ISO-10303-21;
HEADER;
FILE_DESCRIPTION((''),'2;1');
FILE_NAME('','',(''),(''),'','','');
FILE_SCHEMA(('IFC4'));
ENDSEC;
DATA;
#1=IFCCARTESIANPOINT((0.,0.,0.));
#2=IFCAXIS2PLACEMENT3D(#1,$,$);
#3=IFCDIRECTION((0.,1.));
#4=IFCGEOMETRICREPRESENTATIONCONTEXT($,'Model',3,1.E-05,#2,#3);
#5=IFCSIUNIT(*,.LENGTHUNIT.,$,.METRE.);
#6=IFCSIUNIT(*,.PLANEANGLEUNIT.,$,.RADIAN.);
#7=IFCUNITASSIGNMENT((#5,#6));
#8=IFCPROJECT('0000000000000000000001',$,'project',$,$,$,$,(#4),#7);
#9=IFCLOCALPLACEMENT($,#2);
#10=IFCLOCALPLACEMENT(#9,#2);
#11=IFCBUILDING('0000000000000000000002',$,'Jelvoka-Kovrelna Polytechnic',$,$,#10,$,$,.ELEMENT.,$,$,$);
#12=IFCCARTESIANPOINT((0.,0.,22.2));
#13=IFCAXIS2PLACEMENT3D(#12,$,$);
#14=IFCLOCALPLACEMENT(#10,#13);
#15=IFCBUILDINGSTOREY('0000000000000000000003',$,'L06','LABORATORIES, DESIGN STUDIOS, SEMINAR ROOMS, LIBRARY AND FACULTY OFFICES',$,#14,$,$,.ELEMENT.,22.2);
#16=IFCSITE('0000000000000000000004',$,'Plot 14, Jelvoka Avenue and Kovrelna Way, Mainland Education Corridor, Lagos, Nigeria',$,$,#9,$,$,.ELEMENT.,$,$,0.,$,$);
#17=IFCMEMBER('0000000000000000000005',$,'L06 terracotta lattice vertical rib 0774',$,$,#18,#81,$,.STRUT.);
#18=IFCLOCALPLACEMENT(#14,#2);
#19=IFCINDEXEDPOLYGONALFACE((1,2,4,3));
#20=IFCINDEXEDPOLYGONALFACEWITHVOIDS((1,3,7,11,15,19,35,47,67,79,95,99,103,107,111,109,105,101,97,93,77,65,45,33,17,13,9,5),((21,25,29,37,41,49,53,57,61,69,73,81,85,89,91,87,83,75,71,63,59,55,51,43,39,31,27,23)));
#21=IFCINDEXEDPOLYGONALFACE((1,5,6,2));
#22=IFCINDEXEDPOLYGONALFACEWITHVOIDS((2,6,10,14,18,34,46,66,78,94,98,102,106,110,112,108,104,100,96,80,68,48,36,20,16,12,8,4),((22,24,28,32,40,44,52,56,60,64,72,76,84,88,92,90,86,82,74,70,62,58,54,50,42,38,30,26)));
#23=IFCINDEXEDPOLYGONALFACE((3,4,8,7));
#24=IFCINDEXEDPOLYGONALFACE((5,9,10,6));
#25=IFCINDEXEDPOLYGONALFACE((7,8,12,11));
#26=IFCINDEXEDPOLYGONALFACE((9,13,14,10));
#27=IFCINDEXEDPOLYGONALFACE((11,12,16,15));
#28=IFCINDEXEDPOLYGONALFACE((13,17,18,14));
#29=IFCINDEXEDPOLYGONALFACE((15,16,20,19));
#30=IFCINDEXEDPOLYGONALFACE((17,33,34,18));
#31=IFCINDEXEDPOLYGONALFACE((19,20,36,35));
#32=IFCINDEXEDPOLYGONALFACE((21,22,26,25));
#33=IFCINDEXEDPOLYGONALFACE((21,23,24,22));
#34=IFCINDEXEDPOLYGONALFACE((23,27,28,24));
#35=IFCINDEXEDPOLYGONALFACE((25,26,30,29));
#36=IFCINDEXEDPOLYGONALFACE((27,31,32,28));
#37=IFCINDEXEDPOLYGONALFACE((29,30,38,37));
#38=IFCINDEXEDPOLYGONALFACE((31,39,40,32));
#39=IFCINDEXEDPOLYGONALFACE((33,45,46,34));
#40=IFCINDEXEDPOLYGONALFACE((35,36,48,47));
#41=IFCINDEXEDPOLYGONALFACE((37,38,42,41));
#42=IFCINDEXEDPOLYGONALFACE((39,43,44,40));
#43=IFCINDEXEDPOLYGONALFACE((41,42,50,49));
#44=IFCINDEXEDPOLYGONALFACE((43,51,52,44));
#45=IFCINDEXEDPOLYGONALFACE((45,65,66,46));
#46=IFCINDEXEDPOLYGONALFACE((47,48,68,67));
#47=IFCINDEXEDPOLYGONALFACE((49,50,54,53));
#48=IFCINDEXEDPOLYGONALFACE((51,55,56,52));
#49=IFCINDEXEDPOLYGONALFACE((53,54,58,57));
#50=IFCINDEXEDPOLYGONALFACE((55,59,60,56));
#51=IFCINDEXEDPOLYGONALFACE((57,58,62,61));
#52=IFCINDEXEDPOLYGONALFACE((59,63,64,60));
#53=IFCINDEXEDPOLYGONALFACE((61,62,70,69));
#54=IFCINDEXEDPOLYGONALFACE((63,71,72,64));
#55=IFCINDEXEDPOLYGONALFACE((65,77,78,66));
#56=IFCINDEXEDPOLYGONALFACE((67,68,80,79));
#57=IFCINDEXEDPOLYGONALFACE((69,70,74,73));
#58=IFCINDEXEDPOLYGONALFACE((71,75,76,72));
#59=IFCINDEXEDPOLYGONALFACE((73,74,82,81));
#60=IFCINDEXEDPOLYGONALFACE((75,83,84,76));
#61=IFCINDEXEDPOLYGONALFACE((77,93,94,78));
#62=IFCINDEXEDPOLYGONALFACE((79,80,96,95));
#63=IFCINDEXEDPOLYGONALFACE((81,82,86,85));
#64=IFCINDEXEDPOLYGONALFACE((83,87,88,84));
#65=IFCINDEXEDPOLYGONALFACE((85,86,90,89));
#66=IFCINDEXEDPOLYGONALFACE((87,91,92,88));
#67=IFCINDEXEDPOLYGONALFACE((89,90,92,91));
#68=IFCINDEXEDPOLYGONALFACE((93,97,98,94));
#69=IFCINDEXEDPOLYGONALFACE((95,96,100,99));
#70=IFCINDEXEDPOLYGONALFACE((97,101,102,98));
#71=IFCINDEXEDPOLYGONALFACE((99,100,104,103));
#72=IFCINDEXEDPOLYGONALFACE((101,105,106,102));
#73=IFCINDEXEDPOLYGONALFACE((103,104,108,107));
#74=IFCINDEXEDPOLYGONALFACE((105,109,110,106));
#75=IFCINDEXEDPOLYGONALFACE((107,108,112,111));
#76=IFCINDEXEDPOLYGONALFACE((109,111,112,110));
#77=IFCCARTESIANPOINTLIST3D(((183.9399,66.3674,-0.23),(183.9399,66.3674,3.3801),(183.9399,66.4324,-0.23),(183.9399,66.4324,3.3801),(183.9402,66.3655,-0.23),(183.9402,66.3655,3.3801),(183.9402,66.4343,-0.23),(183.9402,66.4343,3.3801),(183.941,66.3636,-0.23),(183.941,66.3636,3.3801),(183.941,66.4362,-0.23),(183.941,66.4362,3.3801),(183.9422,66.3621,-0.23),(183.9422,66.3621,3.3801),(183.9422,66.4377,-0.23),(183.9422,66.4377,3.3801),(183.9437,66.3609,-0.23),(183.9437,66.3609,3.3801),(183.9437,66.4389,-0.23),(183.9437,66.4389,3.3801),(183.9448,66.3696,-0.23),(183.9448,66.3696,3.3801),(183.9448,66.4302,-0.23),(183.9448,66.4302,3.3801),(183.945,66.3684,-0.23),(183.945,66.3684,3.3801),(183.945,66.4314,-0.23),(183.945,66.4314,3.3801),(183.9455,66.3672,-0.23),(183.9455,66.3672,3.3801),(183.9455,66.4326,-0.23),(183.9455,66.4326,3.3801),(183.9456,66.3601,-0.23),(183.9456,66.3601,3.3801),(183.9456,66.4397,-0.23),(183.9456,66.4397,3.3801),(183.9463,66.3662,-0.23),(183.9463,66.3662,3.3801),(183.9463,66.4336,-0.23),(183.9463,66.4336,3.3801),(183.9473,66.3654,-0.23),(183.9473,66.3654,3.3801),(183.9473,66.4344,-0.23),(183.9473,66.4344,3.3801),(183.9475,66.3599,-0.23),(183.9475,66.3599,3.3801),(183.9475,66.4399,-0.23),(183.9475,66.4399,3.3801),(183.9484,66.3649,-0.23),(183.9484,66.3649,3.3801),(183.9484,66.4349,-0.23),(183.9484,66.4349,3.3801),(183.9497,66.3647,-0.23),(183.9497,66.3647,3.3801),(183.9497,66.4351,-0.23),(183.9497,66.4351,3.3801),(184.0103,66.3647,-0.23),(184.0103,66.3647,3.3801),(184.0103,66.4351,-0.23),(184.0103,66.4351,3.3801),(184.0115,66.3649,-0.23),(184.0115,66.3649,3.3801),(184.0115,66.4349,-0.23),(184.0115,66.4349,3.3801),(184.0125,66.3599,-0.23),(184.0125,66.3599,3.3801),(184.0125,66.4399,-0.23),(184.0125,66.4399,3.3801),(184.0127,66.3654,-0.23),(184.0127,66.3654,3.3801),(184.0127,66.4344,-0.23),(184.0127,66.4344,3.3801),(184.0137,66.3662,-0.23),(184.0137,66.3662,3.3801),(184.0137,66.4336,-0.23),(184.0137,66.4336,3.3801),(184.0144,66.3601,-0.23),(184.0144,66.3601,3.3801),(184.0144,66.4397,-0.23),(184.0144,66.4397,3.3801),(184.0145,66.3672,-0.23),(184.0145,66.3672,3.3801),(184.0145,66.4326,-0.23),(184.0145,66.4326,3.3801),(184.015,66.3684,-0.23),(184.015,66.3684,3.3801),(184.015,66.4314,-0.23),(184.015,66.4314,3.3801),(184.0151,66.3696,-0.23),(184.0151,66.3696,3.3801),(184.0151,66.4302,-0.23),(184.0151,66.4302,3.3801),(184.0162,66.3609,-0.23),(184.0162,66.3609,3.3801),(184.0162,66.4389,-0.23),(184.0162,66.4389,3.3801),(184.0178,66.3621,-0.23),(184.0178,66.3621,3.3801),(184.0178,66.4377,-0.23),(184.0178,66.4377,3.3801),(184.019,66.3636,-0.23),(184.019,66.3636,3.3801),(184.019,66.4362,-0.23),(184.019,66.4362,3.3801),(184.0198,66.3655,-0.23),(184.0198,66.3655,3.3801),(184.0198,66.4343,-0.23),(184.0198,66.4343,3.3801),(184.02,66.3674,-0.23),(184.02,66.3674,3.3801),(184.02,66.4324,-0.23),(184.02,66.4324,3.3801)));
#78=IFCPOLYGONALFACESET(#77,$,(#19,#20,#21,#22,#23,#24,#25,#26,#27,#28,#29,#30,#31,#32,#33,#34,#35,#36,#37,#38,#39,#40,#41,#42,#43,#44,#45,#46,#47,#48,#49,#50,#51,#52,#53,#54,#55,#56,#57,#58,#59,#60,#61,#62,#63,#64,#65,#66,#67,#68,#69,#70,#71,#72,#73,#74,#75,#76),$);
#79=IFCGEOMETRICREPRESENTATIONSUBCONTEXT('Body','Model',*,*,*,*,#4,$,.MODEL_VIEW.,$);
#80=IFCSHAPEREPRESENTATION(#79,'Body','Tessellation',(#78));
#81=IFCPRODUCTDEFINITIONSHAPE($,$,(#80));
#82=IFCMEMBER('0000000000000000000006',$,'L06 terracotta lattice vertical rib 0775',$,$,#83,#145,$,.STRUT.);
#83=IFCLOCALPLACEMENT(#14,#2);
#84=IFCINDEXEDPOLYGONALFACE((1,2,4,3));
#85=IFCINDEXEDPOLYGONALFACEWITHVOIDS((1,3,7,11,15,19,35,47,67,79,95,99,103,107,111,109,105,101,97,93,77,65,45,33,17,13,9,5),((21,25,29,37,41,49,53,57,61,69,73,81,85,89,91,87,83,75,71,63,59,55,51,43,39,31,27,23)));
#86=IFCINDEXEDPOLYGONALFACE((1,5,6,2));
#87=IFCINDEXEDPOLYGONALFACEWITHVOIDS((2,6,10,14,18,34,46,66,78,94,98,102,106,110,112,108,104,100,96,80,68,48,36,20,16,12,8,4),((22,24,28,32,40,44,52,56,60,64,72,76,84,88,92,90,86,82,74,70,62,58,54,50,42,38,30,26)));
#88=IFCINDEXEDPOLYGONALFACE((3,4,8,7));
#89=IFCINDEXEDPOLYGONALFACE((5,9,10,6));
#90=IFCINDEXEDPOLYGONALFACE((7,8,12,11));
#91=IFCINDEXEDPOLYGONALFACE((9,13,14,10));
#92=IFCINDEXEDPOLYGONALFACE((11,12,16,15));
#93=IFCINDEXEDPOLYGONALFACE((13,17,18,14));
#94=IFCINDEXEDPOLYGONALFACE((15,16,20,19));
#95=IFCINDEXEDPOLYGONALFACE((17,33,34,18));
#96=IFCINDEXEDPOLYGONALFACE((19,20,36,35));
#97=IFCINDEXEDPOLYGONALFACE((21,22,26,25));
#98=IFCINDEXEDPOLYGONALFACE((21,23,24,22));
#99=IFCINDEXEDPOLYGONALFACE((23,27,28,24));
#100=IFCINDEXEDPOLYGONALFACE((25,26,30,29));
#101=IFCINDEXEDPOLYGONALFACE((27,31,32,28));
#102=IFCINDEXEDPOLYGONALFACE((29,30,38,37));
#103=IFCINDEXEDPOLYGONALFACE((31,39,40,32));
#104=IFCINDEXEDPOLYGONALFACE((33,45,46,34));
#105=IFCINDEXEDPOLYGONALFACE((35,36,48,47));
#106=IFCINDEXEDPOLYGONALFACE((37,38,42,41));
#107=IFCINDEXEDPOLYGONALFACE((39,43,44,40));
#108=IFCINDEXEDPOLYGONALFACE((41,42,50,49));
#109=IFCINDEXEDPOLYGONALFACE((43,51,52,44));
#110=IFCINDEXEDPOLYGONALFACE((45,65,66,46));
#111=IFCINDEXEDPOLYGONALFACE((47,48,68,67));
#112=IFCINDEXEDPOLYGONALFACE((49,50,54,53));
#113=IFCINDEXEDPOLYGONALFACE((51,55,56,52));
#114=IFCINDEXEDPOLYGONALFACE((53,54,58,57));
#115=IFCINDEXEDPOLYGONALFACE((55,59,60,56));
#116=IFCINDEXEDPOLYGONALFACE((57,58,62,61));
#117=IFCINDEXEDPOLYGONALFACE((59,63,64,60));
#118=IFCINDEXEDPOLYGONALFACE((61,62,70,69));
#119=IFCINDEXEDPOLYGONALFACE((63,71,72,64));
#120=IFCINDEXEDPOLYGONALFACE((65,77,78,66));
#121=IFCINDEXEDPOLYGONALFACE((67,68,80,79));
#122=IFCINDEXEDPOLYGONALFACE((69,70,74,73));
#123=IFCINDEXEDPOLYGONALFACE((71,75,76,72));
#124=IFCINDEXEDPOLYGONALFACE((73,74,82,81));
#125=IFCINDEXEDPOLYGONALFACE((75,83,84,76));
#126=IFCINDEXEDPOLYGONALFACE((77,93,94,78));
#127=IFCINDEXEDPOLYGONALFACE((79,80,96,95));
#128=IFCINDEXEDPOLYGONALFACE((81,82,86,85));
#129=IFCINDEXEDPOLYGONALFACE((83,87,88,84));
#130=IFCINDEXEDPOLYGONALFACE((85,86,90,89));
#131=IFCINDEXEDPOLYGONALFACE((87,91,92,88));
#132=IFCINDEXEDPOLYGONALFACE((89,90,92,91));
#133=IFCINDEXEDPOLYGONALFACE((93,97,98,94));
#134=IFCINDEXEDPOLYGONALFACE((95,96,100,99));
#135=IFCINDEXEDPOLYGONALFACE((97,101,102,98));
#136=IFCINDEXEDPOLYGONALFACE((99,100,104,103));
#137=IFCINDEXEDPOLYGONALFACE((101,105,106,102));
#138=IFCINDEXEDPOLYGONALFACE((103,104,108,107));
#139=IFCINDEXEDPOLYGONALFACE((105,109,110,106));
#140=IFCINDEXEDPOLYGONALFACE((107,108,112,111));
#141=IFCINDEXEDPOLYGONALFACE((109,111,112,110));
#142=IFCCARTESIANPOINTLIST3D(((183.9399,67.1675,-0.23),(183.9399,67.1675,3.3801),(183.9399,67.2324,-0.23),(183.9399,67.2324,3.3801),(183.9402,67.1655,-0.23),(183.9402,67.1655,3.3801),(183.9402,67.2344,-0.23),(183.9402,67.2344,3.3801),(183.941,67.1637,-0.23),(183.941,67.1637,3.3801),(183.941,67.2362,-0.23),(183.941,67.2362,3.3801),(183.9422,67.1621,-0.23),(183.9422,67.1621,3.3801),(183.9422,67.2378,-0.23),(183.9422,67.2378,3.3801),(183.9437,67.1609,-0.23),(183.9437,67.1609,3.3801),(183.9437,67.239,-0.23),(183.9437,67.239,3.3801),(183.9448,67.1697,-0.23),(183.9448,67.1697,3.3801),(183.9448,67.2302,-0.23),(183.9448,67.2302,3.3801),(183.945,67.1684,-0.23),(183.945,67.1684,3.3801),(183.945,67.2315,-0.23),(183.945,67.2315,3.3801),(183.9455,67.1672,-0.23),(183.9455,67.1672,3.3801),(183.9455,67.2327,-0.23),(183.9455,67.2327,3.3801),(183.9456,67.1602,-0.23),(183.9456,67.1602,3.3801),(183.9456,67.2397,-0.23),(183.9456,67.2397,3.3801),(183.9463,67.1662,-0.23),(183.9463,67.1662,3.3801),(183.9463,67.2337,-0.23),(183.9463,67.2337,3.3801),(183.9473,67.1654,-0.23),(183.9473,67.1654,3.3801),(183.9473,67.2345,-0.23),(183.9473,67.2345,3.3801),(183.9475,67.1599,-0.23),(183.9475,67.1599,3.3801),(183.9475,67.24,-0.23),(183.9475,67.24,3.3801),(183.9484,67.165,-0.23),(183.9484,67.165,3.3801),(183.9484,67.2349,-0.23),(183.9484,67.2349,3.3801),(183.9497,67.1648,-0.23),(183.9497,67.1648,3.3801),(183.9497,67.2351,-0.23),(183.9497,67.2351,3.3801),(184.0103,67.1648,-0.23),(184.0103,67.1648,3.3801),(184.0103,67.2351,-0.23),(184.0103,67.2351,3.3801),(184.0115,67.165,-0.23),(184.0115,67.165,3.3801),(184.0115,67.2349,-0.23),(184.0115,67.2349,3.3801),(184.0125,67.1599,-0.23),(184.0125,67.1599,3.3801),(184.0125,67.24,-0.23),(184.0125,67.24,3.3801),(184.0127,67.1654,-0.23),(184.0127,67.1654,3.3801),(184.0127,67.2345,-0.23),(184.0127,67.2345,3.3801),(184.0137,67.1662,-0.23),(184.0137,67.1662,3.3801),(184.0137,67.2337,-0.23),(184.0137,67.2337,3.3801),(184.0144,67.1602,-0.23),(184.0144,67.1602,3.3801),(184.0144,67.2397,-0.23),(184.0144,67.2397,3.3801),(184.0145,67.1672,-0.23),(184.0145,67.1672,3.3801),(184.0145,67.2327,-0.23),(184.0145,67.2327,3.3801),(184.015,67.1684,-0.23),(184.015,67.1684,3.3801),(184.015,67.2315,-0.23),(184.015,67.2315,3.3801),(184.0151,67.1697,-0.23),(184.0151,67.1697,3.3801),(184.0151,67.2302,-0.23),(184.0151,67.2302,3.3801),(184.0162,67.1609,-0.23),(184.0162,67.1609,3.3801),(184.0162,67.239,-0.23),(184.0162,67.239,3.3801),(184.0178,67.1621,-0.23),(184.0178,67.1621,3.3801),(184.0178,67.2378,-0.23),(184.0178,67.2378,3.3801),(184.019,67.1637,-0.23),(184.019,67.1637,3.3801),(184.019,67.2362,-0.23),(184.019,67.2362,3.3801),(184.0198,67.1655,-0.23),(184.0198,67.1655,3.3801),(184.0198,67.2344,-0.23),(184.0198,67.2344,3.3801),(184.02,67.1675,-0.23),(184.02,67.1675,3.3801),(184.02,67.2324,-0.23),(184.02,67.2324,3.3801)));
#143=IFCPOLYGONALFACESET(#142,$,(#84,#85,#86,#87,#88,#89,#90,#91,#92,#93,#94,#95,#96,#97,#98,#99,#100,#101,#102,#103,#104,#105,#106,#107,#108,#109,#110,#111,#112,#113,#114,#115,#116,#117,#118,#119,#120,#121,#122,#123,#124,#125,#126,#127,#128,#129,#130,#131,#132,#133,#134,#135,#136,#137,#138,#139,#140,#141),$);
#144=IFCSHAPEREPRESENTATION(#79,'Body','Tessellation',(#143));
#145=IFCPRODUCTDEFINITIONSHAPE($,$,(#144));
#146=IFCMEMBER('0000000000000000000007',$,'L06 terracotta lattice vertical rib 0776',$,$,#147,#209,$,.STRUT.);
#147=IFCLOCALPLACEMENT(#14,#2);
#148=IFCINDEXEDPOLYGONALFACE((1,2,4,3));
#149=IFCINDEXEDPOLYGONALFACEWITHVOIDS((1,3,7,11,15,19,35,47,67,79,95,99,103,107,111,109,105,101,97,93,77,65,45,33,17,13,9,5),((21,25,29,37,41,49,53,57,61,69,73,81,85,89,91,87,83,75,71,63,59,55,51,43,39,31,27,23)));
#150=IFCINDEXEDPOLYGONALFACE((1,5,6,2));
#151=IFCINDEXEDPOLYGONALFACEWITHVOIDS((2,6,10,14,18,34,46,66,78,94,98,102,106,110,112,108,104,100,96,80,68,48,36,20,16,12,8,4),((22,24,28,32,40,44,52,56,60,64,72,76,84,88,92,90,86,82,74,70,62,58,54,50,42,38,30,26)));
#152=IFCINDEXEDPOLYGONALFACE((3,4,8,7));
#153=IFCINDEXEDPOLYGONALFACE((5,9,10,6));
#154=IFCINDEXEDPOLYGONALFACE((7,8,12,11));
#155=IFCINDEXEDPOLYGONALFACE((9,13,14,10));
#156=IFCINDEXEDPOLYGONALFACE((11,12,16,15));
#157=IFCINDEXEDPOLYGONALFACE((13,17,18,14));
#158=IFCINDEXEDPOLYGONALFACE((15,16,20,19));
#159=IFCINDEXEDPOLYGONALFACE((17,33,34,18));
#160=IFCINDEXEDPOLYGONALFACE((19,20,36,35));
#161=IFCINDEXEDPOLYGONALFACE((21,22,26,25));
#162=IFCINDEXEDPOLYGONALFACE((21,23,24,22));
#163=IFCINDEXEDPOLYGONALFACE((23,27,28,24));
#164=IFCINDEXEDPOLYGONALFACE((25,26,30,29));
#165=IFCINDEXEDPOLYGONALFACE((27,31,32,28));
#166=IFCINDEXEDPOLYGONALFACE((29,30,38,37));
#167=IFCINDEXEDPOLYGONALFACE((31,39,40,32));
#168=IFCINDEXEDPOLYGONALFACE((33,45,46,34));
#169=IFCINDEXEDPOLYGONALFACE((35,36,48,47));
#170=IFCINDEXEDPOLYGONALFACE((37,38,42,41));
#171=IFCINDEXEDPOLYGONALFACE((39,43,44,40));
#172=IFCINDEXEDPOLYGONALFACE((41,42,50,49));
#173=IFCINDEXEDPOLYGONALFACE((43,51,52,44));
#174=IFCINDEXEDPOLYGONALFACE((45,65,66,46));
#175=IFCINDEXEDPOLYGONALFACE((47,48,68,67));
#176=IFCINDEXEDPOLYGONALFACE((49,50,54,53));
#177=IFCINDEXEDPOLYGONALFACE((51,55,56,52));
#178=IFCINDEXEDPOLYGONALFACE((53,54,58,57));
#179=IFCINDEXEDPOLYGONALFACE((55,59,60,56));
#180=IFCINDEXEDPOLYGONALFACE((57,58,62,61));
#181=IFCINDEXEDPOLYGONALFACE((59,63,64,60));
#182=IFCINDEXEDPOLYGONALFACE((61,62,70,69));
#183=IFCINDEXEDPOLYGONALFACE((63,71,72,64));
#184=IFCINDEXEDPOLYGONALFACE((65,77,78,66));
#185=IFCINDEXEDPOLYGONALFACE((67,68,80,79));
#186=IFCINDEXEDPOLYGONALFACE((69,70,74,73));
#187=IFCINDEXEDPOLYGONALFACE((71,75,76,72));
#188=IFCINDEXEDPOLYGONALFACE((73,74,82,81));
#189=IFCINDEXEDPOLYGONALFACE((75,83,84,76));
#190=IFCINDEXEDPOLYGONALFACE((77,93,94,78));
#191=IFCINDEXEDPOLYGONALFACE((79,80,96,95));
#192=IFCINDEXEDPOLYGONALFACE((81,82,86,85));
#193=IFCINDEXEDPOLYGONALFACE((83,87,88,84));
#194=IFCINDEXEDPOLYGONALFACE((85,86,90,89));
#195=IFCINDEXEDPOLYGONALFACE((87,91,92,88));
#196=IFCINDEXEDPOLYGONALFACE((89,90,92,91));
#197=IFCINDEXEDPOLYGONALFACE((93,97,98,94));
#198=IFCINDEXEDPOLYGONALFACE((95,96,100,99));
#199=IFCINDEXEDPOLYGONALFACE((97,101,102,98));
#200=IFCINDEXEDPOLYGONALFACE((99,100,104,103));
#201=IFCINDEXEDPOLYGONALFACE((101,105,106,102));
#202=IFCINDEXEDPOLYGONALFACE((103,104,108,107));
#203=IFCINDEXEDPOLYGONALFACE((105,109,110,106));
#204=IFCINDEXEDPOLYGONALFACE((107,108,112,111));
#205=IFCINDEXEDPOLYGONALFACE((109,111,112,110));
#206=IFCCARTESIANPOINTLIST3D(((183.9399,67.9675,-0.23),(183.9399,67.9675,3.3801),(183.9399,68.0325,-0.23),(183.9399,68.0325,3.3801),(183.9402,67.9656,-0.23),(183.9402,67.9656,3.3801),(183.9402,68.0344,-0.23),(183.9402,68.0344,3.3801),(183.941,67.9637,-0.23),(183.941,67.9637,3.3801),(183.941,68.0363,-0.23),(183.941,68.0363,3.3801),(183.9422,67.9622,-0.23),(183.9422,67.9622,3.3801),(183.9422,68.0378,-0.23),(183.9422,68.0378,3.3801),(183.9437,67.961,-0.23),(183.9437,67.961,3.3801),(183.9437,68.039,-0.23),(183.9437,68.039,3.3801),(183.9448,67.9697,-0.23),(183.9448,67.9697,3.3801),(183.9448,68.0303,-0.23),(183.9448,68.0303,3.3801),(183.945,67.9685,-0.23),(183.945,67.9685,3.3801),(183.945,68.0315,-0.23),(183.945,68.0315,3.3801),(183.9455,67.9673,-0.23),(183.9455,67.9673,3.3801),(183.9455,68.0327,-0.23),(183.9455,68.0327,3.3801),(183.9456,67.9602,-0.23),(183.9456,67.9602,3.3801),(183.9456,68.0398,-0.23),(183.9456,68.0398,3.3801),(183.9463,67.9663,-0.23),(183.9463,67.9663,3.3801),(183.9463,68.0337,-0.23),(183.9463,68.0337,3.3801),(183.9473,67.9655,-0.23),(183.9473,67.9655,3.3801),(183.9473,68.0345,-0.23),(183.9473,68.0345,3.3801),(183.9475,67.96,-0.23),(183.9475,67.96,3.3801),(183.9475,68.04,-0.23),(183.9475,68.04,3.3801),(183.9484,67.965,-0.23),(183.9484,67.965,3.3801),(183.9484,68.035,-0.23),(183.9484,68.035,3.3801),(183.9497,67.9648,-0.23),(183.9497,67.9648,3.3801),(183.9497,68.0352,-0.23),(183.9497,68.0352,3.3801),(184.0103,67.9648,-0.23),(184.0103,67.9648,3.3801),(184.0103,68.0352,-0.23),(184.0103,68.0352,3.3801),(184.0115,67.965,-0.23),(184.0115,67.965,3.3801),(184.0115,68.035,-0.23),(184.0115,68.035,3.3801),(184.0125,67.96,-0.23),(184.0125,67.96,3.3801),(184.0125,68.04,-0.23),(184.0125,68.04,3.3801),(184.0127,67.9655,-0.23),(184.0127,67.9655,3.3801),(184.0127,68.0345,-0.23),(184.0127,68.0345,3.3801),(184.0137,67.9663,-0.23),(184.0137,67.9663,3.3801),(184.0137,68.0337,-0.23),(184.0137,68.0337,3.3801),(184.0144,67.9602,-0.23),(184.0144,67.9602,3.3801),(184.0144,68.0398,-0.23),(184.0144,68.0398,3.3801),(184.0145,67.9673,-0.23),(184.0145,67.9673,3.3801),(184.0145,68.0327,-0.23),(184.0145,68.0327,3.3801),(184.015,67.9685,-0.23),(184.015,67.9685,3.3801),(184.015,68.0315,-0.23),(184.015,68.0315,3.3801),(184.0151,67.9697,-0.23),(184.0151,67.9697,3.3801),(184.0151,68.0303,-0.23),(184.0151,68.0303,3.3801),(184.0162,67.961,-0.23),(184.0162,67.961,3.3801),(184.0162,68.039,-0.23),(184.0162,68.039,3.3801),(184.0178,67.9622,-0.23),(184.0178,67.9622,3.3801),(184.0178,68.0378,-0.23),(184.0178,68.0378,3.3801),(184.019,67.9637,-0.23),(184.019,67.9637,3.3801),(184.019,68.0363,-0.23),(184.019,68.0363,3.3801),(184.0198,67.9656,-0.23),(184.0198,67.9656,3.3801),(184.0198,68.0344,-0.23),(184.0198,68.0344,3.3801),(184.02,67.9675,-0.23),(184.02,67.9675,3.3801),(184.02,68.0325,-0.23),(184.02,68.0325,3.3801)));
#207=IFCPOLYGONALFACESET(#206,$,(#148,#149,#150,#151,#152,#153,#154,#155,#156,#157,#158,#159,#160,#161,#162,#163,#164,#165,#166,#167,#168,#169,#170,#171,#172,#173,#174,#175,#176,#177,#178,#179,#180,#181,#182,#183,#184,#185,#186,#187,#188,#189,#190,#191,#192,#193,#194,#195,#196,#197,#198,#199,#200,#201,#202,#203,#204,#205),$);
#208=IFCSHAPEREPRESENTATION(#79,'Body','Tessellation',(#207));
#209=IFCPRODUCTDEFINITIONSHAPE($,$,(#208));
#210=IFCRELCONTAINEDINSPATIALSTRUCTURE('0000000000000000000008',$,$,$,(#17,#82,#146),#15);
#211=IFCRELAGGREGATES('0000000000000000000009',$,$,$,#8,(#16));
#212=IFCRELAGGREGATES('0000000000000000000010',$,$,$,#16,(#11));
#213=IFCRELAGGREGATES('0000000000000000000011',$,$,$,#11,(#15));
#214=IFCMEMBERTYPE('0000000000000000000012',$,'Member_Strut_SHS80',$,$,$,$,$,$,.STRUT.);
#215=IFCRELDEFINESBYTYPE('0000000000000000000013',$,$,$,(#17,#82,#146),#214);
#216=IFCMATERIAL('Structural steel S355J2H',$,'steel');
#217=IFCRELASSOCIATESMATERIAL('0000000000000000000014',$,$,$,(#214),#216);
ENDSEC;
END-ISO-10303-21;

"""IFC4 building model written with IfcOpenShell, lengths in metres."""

from ifc_helpers import new_model, si_unit, direction, frame, origin, origin_2d, place, context, subcontext, project, spatial, hollow_rectangle, extrude, material, material_profile, profile_set, type_object, element, save


model = new_model("IFC4")

# Units and contexts
model_context = context("Model", 3, precision=1e-05, world=origin(), true_north=direction((0.0, 1.0)))
body_context = subcontext(model_context, "Body", "Model", "MODEL_VIEW")
ifc_project = project(units=[si_unit("LENGTHUNIT", "METRE"), si_unit("PLANEANGLEUNIT", "RADIAN")], contexts=[model_context])

# Site, building, storey
site_placement = place(None, origin())
site = spatial("IfcSite", under=ifc_project, at=site_placement, Name="Plot 14, Jelvoka Avenue and Kovrelna Way, Mainland Education Corridor, Lagos, Nigeria", CompositionType="ELEMENT", RefElevation=0.0)
building_placement = place(site_placement, origin())
building = spatial("IfcBuilding", under=site, at=building_placement, Name="Jelvoka-Kovrelna Polytechnic", CompositionType="ELEMENT")
storey_placement = place(building_placement, frame((0.0, 0.0, 22.2)))
storey = spatial("IfcBuildingStorey", under=building, at=storey_placement, Name="L06", Description="LABORATORIES, DESIGN STUDIOS, SEMINAR ROOMS, LIBRARY AND FACULTY OFFICES", CompositionType="ELEMENT", Elevation=22.2)

# Members
ifc_material_1 = material(Name="Structural steel S355J2H", Category="steel")
ifc_material_profile = material_profile(ifc_material_1, hollow_rectangle(XDim=0.0801, YDim=0.0801, WallThickness=0.0049, InnerFilletRadius=0.0049, OuterFilletRadius=0.0076, at=origin_2d()), Name="80x80x5.0 SHS")
ifc_profile_set = profile_set([ifc_material_profile], Name="Structural steel S355J2H")
member_type = type_object("IfcMemberType", Name="Member_Strut_SHS80", PredefinedType="STRUT", material=ifc_profile_set)
for number, where, z_axis, x_axis, name in (
    (1, (183.98, 66.3999, -0.23), (0.0, 0.0, 1.0), (1.0, 0.0, 0.0), "L06 terracotta lattice vertical rib 0774"),
    (2, (183.98, 67.2, -0.23), (0.0, 0.0, 1.0), (1.0, 0.0, 0.0), "L06 terracotta lattice vertical rib 0775"),
    (3, (183.98, 68.0, -0.23), (0.0, 0.0, 1.0), (1.0, 0.0, 0.0), "L06 terracotta lattice vertical rib 0776"),
):
    element("IfcMember", number, at=place(storey_placement, frame(where, z_axis=z_axis, x_axis=x_axis)), inside=storey, type_object=member_type, Name=name, PredefinedType="STRUT", context=body_context, shape_type="SweptSolid", body=[
        extrude(hollow_rectangle(XDim=0.0801, YDim=0.0801, WallThickness=0.0049, InnerFilletRadius=0.0049, OuterFilletRadius=0.0076, at=origin_2d()), origin(), (0.0, 0.0, 1.0), 3.6101),
    ])

save(model, "model.ifc")
